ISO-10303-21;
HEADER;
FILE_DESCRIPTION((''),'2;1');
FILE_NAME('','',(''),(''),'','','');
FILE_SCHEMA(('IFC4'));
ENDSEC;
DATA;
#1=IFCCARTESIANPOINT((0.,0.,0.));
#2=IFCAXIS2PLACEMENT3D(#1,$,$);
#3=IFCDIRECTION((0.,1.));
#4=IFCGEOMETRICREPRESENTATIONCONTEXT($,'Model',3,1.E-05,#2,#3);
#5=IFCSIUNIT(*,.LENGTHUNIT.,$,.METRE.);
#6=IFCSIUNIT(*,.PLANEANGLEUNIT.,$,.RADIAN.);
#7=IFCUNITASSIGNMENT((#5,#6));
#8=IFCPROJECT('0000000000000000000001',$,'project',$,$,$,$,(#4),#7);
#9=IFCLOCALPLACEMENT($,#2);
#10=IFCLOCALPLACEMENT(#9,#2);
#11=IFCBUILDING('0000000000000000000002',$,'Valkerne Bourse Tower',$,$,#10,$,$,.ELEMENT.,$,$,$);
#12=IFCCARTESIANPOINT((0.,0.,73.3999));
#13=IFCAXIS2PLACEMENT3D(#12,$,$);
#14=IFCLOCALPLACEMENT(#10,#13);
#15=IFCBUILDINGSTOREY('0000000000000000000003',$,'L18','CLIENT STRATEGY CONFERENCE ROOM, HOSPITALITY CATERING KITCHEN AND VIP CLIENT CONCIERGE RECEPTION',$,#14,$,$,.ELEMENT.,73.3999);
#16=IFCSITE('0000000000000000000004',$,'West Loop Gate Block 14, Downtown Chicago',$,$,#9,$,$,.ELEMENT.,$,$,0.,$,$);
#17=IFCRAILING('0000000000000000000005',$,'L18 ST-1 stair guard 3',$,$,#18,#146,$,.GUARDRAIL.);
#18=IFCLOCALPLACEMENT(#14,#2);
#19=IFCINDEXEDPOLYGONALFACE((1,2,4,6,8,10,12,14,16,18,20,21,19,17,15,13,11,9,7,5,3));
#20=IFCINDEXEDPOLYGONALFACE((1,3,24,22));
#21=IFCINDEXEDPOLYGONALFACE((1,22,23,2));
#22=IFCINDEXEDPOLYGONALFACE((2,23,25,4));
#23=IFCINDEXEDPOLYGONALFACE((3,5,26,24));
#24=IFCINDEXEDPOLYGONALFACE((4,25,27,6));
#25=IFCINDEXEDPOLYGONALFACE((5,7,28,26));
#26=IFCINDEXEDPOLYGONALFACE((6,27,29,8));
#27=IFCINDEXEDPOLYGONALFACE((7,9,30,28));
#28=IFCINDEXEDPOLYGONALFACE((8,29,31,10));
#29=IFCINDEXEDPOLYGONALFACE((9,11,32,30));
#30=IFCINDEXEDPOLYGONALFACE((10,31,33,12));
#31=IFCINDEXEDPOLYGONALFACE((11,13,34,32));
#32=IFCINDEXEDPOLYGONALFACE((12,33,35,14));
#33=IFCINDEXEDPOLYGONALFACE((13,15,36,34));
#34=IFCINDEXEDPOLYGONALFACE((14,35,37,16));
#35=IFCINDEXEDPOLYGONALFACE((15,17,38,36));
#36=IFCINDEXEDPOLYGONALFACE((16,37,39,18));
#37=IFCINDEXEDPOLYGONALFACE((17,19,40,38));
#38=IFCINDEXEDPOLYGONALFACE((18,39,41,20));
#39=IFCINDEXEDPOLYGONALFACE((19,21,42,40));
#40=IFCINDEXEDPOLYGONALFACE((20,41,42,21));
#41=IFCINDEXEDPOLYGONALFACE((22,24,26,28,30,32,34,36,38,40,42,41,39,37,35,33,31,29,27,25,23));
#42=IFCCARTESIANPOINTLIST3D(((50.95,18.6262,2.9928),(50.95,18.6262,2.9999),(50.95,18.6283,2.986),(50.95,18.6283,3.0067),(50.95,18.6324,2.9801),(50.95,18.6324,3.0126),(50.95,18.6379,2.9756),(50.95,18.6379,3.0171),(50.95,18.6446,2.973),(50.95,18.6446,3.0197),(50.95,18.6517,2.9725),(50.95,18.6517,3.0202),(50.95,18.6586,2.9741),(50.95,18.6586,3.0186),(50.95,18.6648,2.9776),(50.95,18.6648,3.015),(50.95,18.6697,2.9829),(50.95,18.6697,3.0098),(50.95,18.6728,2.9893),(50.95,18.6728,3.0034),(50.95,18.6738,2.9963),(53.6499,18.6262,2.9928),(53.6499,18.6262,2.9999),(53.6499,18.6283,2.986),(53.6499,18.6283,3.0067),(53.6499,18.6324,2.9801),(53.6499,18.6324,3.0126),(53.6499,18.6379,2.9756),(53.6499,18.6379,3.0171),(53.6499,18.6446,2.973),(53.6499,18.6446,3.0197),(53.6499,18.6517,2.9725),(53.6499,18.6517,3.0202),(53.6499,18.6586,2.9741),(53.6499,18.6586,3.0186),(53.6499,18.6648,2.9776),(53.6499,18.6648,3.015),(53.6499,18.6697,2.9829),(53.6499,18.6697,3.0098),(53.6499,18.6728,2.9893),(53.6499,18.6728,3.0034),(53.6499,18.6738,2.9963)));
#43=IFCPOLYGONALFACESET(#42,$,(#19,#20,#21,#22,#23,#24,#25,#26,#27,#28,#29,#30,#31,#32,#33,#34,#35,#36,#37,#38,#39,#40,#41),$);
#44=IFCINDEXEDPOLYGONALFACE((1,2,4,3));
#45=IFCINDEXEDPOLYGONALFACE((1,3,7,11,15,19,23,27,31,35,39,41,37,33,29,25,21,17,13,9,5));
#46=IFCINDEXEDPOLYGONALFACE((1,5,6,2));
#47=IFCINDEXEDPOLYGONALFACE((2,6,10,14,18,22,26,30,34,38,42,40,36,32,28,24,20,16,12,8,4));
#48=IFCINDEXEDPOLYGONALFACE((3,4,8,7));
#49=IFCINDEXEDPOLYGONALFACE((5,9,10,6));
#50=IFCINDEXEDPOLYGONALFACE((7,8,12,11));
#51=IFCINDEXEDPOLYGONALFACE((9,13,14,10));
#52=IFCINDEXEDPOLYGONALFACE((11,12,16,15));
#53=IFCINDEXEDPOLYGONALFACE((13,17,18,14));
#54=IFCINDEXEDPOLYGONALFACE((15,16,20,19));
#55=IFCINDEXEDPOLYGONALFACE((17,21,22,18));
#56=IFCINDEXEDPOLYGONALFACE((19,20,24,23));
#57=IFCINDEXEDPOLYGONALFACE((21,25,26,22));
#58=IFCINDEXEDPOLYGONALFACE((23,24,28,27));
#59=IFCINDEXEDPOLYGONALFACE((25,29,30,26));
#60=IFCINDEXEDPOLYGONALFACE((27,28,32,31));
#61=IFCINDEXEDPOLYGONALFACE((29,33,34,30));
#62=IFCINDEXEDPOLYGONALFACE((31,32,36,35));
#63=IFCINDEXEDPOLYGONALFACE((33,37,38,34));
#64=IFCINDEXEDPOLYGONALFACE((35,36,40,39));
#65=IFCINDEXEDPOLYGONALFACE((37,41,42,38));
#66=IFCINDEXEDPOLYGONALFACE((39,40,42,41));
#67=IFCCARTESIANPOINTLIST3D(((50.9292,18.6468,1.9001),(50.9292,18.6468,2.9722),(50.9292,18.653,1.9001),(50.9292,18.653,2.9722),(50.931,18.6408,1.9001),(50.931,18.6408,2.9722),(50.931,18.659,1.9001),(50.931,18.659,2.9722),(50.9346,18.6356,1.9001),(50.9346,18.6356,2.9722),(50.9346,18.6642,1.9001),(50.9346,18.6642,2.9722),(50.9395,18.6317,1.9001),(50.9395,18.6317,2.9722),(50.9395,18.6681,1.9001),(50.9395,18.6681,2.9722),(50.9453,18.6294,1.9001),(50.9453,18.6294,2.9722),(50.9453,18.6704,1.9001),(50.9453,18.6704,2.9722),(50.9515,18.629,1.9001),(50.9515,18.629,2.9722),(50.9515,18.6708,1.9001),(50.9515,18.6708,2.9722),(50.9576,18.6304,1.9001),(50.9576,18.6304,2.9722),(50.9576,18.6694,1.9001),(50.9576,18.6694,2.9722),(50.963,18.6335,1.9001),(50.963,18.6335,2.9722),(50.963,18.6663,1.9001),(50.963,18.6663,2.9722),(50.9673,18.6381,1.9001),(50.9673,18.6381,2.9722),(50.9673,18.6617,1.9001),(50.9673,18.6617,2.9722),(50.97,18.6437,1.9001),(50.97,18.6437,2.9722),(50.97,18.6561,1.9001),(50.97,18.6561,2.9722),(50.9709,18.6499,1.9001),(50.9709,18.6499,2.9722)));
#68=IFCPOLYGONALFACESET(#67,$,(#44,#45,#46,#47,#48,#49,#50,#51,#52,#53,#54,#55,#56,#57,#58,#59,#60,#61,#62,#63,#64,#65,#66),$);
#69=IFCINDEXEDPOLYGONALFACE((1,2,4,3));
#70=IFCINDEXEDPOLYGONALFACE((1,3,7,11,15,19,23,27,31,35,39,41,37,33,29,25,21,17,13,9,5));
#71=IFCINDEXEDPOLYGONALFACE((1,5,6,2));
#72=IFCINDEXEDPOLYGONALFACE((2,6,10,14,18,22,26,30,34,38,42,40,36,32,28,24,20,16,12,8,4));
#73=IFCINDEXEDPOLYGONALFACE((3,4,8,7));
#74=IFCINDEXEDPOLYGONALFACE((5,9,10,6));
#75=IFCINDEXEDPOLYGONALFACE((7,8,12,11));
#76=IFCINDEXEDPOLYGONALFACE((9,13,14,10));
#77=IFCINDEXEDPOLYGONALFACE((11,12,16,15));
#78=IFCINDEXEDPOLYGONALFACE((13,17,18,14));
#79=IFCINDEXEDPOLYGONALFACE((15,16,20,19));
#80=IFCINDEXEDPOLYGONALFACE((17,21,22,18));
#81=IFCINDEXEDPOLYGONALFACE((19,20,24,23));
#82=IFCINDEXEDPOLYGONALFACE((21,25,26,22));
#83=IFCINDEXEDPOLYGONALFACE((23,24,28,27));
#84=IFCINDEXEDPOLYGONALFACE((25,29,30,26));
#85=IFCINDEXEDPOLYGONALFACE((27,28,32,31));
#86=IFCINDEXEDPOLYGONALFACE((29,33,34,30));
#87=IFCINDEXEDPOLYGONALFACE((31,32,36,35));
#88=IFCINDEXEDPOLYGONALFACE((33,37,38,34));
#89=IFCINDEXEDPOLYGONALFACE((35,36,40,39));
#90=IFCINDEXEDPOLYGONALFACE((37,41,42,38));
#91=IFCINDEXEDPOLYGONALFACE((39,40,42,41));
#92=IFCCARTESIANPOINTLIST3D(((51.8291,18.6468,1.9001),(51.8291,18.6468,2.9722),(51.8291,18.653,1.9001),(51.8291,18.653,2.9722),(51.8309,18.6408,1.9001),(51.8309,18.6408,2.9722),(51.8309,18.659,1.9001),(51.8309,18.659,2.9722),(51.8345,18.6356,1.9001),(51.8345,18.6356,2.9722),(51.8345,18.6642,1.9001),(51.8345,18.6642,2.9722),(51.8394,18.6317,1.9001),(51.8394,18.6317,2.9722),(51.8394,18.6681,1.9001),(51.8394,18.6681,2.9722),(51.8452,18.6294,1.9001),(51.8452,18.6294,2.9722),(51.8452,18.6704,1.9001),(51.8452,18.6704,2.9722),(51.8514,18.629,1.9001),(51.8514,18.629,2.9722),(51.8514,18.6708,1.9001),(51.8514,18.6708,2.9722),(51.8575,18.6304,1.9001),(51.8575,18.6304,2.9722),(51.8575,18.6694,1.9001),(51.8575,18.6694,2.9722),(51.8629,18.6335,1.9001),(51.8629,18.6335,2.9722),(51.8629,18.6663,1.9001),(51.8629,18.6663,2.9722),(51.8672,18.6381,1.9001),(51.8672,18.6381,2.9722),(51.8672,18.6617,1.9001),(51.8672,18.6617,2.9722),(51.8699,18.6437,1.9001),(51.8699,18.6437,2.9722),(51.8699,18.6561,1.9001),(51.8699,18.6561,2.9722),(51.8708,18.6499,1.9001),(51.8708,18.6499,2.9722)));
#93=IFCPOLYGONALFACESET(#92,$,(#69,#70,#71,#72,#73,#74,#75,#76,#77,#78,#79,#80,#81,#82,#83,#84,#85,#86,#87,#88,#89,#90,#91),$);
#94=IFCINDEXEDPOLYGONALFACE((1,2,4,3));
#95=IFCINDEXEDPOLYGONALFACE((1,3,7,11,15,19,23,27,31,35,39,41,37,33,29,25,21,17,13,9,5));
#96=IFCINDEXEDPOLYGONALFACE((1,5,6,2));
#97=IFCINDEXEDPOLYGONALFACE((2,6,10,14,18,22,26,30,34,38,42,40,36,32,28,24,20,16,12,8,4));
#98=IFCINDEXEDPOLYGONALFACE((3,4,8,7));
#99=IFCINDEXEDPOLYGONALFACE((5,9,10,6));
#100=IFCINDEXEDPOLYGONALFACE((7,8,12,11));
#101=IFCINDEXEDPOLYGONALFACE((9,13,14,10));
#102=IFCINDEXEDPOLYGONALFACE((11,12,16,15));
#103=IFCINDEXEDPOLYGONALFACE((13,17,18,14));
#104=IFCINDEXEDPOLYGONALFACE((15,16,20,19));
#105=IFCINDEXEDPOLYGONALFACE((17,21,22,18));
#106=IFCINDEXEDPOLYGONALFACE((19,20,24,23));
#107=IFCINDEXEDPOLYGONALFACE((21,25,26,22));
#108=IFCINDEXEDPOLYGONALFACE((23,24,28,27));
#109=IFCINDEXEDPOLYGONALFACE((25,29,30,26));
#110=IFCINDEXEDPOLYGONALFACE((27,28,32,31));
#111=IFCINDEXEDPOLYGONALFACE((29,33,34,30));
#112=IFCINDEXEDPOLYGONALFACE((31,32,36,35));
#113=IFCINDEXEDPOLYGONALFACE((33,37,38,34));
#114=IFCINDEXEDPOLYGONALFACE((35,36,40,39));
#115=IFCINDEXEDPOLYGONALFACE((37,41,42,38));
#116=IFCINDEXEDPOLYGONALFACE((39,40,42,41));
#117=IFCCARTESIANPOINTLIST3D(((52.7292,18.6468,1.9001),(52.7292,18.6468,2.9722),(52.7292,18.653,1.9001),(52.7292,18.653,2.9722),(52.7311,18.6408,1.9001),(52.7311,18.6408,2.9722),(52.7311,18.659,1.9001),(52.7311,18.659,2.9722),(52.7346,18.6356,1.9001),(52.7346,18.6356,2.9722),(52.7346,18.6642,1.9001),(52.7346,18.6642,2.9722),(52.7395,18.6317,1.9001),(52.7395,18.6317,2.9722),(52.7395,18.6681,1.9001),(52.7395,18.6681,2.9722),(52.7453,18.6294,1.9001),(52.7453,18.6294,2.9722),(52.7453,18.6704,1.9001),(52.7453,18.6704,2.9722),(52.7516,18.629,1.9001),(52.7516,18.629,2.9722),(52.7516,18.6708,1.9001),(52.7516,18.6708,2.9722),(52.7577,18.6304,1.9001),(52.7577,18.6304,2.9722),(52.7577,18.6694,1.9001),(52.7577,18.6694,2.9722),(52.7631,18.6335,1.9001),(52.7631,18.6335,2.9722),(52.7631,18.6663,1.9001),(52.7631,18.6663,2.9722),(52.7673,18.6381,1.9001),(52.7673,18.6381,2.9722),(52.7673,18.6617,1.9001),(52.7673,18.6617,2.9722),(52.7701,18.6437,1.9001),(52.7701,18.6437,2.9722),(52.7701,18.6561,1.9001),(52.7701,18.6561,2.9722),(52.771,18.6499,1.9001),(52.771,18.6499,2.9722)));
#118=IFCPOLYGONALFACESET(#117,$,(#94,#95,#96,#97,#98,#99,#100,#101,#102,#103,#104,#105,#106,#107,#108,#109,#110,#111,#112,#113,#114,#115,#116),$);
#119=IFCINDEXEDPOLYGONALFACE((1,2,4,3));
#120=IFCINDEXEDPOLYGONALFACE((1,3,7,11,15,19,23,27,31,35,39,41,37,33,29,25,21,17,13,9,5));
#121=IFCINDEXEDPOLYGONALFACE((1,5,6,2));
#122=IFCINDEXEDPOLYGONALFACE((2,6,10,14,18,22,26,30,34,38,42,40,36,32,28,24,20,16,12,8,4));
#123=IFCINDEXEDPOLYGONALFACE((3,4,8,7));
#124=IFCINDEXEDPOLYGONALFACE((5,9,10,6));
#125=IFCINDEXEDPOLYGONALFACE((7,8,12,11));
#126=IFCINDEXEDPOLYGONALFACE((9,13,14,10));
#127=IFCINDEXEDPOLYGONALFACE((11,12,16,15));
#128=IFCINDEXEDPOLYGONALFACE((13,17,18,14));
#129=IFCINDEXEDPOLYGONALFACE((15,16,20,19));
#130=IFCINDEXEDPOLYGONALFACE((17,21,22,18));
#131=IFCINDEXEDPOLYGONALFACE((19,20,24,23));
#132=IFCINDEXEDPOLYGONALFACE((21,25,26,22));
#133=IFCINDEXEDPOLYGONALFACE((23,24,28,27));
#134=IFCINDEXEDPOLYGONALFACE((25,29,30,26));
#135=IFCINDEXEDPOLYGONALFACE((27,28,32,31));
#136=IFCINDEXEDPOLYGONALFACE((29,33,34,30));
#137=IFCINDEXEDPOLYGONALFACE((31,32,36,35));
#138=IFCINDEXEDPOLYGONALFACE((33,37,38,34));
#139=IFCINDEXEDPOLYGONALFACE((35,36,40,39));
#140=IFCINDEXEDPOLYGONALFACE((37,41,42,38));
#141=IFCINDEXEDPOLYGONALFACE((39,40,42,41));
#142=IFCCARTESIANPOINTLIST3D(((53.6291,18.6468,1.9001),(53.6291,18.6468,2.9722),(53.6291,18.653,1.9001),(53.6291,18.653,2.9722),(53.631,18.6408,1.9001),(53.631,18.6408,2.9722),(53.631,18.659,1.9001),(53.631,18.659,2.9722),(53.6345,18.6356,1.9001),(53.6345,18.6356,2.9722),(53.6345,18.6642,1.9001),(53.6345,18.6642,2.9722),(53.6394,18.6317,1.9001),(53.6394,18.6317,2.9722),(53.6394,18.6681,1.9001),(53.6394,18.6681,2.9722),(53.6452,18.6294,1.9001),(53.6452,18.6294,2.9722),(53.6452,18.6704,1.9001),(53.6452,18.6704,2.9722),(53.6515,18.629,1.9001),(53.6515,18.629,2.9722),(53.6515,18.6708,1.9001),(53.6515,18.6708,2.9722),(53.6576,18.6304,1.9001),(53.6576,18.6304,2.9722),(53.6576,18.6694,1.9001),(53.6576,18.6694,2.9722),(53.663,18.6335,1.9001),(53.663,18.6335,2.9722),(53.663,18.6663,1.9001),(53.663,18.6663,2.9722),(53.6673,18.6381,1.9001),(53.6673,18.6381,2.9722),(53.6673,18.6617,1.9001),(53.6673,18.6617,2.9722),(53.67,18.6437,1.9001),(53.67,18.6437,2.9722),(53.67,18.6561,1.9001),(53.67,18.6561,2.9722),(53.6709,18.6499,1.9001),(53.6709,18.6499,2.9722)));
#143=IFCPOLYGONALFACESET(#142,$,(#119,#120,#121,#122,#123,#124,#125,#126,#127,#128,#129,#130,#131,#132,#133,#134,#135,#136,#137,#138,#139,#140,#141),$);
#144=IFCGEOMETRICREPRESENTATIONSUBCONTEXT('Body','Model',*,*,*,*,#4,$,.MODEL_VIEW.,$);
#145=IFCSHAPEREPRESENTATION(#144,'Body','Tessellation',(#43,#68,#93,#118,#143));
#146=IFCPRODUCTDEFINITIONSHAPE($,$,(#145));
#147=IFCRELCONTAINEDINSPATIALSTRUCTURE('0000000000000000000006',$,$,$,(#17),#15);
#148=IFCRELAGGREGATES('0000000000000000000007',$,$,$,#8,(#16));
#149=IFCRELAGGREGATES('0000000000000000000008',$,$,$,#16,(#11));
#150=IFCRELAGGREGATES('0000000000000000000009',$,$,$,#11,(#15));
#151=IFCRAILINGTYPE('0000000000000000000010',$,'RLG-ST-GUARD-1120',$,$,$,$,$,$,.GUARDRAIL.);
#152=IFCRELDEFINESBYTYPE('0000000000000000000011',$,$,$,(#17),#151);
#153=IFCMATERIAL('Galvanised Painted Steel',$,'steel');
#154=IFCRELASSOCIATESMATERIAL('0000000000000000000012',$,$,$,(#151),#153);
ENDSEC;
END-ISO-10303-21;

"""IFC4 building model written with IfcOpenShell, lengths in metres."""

from ifc_helpers import new_model, si_unit, direction, frame, origin, origin_2d, place, context, subcontext, project, spatial, circle, extrude, material, type_object, element, save


model = new_model("IFC4")

# Units and contexts
model_context = context("Model", 3, precision=1e-05, world=origin(), true_north=direction((0.0, 1.0)))
body_context = subcontext(model_context, "Body", "Model", "MODEL_VIEW")
ifc_project = project(units=[si_unit("LENGTHUNIT", "METRE"), si_unit("PLANEANGLEUNIT", "RADIAN")], contexts=[model_context])

# Site, building, storey
site_placement = place(None, origin())
site = spatial("IfcSite", under=ifc_project, at=site_placement, Name="West Loop Gate Block 14, Downtown Chicago", CompositionType="ELEMENT", RefElevation=0.0)
building_placement = place(site_placement, origin())
building = spatial("IfcBuilding", under=site, at=building_placement, Name="Valkerne Bourse Tower", CompositionType="ELEMENT")
storey_placement = place(building_placement, frame((0.0, 0.0, 73.3999)))
storey = spatial("IfcBuildingStorey", under=building, at=storey_placement, Name="L18", Description="CLIENT STRATEGY CONFERENCE ROOM, HOSPITALITY CATERING KITCHEN AND VIP CLIENT CONCIERGE RECEPTION", CompositionType="ELEMENT", Elevation=73.3999)

# Shared definitions
ifc_material_1 = material(Name="Galvanised Painted Steel", Category="steel")

# Railing
railing_type_1 = type_object("IfcRailingType", Name="RLG-ST-GUARD-1120", PredefinedType="GUARDRAIL", material=ifc_material_1)
for number, where, name in (
    (1, (50.95, 18.6499, 1.9001), "L18 ST-1 stair guard 3"),
):
    element("IfcRailing", number, at=place(storey_placement, frame(where)), inside=storey, type_object=railing_type_1, Name=name, PredefinedType="GUARDRAIL", context=body_context, shape_type="SweptSolid", body=[
        extrude(circle(Radius=0.0239, at=origin_2d()), frame((0.0, 0.0, 1.0962), z_axis=(1.0, 0.0, 0.0), x_axis=(0.0, 1.0, 0.0)), (0.0, 0.0, 1.0), 2.7),
        extrude(circle(Radius=0.021, at=origin_2d()), origin(), (0.0, 0.0, 1.0), 1.072),
        extrude(circle(Radius=0.021, at=origin_2d()), frame((0.8999, 0.0, 0.0)), (0.0, 0.0, 1.0), 1.072),
        extrude(circle(Radius=0.021, at=origin_2d()), frame((1.8, 0.0, 0.0)), (0.0, 0.0, 1.0), 1.072),
        extrude(circle(Radius=0.021, at=origin_2d()), frame((2.7, 0.0, 0.0)), (0.0, 0.0, 1.0), 1.072),
    ])

save(model, "model.ifc")
